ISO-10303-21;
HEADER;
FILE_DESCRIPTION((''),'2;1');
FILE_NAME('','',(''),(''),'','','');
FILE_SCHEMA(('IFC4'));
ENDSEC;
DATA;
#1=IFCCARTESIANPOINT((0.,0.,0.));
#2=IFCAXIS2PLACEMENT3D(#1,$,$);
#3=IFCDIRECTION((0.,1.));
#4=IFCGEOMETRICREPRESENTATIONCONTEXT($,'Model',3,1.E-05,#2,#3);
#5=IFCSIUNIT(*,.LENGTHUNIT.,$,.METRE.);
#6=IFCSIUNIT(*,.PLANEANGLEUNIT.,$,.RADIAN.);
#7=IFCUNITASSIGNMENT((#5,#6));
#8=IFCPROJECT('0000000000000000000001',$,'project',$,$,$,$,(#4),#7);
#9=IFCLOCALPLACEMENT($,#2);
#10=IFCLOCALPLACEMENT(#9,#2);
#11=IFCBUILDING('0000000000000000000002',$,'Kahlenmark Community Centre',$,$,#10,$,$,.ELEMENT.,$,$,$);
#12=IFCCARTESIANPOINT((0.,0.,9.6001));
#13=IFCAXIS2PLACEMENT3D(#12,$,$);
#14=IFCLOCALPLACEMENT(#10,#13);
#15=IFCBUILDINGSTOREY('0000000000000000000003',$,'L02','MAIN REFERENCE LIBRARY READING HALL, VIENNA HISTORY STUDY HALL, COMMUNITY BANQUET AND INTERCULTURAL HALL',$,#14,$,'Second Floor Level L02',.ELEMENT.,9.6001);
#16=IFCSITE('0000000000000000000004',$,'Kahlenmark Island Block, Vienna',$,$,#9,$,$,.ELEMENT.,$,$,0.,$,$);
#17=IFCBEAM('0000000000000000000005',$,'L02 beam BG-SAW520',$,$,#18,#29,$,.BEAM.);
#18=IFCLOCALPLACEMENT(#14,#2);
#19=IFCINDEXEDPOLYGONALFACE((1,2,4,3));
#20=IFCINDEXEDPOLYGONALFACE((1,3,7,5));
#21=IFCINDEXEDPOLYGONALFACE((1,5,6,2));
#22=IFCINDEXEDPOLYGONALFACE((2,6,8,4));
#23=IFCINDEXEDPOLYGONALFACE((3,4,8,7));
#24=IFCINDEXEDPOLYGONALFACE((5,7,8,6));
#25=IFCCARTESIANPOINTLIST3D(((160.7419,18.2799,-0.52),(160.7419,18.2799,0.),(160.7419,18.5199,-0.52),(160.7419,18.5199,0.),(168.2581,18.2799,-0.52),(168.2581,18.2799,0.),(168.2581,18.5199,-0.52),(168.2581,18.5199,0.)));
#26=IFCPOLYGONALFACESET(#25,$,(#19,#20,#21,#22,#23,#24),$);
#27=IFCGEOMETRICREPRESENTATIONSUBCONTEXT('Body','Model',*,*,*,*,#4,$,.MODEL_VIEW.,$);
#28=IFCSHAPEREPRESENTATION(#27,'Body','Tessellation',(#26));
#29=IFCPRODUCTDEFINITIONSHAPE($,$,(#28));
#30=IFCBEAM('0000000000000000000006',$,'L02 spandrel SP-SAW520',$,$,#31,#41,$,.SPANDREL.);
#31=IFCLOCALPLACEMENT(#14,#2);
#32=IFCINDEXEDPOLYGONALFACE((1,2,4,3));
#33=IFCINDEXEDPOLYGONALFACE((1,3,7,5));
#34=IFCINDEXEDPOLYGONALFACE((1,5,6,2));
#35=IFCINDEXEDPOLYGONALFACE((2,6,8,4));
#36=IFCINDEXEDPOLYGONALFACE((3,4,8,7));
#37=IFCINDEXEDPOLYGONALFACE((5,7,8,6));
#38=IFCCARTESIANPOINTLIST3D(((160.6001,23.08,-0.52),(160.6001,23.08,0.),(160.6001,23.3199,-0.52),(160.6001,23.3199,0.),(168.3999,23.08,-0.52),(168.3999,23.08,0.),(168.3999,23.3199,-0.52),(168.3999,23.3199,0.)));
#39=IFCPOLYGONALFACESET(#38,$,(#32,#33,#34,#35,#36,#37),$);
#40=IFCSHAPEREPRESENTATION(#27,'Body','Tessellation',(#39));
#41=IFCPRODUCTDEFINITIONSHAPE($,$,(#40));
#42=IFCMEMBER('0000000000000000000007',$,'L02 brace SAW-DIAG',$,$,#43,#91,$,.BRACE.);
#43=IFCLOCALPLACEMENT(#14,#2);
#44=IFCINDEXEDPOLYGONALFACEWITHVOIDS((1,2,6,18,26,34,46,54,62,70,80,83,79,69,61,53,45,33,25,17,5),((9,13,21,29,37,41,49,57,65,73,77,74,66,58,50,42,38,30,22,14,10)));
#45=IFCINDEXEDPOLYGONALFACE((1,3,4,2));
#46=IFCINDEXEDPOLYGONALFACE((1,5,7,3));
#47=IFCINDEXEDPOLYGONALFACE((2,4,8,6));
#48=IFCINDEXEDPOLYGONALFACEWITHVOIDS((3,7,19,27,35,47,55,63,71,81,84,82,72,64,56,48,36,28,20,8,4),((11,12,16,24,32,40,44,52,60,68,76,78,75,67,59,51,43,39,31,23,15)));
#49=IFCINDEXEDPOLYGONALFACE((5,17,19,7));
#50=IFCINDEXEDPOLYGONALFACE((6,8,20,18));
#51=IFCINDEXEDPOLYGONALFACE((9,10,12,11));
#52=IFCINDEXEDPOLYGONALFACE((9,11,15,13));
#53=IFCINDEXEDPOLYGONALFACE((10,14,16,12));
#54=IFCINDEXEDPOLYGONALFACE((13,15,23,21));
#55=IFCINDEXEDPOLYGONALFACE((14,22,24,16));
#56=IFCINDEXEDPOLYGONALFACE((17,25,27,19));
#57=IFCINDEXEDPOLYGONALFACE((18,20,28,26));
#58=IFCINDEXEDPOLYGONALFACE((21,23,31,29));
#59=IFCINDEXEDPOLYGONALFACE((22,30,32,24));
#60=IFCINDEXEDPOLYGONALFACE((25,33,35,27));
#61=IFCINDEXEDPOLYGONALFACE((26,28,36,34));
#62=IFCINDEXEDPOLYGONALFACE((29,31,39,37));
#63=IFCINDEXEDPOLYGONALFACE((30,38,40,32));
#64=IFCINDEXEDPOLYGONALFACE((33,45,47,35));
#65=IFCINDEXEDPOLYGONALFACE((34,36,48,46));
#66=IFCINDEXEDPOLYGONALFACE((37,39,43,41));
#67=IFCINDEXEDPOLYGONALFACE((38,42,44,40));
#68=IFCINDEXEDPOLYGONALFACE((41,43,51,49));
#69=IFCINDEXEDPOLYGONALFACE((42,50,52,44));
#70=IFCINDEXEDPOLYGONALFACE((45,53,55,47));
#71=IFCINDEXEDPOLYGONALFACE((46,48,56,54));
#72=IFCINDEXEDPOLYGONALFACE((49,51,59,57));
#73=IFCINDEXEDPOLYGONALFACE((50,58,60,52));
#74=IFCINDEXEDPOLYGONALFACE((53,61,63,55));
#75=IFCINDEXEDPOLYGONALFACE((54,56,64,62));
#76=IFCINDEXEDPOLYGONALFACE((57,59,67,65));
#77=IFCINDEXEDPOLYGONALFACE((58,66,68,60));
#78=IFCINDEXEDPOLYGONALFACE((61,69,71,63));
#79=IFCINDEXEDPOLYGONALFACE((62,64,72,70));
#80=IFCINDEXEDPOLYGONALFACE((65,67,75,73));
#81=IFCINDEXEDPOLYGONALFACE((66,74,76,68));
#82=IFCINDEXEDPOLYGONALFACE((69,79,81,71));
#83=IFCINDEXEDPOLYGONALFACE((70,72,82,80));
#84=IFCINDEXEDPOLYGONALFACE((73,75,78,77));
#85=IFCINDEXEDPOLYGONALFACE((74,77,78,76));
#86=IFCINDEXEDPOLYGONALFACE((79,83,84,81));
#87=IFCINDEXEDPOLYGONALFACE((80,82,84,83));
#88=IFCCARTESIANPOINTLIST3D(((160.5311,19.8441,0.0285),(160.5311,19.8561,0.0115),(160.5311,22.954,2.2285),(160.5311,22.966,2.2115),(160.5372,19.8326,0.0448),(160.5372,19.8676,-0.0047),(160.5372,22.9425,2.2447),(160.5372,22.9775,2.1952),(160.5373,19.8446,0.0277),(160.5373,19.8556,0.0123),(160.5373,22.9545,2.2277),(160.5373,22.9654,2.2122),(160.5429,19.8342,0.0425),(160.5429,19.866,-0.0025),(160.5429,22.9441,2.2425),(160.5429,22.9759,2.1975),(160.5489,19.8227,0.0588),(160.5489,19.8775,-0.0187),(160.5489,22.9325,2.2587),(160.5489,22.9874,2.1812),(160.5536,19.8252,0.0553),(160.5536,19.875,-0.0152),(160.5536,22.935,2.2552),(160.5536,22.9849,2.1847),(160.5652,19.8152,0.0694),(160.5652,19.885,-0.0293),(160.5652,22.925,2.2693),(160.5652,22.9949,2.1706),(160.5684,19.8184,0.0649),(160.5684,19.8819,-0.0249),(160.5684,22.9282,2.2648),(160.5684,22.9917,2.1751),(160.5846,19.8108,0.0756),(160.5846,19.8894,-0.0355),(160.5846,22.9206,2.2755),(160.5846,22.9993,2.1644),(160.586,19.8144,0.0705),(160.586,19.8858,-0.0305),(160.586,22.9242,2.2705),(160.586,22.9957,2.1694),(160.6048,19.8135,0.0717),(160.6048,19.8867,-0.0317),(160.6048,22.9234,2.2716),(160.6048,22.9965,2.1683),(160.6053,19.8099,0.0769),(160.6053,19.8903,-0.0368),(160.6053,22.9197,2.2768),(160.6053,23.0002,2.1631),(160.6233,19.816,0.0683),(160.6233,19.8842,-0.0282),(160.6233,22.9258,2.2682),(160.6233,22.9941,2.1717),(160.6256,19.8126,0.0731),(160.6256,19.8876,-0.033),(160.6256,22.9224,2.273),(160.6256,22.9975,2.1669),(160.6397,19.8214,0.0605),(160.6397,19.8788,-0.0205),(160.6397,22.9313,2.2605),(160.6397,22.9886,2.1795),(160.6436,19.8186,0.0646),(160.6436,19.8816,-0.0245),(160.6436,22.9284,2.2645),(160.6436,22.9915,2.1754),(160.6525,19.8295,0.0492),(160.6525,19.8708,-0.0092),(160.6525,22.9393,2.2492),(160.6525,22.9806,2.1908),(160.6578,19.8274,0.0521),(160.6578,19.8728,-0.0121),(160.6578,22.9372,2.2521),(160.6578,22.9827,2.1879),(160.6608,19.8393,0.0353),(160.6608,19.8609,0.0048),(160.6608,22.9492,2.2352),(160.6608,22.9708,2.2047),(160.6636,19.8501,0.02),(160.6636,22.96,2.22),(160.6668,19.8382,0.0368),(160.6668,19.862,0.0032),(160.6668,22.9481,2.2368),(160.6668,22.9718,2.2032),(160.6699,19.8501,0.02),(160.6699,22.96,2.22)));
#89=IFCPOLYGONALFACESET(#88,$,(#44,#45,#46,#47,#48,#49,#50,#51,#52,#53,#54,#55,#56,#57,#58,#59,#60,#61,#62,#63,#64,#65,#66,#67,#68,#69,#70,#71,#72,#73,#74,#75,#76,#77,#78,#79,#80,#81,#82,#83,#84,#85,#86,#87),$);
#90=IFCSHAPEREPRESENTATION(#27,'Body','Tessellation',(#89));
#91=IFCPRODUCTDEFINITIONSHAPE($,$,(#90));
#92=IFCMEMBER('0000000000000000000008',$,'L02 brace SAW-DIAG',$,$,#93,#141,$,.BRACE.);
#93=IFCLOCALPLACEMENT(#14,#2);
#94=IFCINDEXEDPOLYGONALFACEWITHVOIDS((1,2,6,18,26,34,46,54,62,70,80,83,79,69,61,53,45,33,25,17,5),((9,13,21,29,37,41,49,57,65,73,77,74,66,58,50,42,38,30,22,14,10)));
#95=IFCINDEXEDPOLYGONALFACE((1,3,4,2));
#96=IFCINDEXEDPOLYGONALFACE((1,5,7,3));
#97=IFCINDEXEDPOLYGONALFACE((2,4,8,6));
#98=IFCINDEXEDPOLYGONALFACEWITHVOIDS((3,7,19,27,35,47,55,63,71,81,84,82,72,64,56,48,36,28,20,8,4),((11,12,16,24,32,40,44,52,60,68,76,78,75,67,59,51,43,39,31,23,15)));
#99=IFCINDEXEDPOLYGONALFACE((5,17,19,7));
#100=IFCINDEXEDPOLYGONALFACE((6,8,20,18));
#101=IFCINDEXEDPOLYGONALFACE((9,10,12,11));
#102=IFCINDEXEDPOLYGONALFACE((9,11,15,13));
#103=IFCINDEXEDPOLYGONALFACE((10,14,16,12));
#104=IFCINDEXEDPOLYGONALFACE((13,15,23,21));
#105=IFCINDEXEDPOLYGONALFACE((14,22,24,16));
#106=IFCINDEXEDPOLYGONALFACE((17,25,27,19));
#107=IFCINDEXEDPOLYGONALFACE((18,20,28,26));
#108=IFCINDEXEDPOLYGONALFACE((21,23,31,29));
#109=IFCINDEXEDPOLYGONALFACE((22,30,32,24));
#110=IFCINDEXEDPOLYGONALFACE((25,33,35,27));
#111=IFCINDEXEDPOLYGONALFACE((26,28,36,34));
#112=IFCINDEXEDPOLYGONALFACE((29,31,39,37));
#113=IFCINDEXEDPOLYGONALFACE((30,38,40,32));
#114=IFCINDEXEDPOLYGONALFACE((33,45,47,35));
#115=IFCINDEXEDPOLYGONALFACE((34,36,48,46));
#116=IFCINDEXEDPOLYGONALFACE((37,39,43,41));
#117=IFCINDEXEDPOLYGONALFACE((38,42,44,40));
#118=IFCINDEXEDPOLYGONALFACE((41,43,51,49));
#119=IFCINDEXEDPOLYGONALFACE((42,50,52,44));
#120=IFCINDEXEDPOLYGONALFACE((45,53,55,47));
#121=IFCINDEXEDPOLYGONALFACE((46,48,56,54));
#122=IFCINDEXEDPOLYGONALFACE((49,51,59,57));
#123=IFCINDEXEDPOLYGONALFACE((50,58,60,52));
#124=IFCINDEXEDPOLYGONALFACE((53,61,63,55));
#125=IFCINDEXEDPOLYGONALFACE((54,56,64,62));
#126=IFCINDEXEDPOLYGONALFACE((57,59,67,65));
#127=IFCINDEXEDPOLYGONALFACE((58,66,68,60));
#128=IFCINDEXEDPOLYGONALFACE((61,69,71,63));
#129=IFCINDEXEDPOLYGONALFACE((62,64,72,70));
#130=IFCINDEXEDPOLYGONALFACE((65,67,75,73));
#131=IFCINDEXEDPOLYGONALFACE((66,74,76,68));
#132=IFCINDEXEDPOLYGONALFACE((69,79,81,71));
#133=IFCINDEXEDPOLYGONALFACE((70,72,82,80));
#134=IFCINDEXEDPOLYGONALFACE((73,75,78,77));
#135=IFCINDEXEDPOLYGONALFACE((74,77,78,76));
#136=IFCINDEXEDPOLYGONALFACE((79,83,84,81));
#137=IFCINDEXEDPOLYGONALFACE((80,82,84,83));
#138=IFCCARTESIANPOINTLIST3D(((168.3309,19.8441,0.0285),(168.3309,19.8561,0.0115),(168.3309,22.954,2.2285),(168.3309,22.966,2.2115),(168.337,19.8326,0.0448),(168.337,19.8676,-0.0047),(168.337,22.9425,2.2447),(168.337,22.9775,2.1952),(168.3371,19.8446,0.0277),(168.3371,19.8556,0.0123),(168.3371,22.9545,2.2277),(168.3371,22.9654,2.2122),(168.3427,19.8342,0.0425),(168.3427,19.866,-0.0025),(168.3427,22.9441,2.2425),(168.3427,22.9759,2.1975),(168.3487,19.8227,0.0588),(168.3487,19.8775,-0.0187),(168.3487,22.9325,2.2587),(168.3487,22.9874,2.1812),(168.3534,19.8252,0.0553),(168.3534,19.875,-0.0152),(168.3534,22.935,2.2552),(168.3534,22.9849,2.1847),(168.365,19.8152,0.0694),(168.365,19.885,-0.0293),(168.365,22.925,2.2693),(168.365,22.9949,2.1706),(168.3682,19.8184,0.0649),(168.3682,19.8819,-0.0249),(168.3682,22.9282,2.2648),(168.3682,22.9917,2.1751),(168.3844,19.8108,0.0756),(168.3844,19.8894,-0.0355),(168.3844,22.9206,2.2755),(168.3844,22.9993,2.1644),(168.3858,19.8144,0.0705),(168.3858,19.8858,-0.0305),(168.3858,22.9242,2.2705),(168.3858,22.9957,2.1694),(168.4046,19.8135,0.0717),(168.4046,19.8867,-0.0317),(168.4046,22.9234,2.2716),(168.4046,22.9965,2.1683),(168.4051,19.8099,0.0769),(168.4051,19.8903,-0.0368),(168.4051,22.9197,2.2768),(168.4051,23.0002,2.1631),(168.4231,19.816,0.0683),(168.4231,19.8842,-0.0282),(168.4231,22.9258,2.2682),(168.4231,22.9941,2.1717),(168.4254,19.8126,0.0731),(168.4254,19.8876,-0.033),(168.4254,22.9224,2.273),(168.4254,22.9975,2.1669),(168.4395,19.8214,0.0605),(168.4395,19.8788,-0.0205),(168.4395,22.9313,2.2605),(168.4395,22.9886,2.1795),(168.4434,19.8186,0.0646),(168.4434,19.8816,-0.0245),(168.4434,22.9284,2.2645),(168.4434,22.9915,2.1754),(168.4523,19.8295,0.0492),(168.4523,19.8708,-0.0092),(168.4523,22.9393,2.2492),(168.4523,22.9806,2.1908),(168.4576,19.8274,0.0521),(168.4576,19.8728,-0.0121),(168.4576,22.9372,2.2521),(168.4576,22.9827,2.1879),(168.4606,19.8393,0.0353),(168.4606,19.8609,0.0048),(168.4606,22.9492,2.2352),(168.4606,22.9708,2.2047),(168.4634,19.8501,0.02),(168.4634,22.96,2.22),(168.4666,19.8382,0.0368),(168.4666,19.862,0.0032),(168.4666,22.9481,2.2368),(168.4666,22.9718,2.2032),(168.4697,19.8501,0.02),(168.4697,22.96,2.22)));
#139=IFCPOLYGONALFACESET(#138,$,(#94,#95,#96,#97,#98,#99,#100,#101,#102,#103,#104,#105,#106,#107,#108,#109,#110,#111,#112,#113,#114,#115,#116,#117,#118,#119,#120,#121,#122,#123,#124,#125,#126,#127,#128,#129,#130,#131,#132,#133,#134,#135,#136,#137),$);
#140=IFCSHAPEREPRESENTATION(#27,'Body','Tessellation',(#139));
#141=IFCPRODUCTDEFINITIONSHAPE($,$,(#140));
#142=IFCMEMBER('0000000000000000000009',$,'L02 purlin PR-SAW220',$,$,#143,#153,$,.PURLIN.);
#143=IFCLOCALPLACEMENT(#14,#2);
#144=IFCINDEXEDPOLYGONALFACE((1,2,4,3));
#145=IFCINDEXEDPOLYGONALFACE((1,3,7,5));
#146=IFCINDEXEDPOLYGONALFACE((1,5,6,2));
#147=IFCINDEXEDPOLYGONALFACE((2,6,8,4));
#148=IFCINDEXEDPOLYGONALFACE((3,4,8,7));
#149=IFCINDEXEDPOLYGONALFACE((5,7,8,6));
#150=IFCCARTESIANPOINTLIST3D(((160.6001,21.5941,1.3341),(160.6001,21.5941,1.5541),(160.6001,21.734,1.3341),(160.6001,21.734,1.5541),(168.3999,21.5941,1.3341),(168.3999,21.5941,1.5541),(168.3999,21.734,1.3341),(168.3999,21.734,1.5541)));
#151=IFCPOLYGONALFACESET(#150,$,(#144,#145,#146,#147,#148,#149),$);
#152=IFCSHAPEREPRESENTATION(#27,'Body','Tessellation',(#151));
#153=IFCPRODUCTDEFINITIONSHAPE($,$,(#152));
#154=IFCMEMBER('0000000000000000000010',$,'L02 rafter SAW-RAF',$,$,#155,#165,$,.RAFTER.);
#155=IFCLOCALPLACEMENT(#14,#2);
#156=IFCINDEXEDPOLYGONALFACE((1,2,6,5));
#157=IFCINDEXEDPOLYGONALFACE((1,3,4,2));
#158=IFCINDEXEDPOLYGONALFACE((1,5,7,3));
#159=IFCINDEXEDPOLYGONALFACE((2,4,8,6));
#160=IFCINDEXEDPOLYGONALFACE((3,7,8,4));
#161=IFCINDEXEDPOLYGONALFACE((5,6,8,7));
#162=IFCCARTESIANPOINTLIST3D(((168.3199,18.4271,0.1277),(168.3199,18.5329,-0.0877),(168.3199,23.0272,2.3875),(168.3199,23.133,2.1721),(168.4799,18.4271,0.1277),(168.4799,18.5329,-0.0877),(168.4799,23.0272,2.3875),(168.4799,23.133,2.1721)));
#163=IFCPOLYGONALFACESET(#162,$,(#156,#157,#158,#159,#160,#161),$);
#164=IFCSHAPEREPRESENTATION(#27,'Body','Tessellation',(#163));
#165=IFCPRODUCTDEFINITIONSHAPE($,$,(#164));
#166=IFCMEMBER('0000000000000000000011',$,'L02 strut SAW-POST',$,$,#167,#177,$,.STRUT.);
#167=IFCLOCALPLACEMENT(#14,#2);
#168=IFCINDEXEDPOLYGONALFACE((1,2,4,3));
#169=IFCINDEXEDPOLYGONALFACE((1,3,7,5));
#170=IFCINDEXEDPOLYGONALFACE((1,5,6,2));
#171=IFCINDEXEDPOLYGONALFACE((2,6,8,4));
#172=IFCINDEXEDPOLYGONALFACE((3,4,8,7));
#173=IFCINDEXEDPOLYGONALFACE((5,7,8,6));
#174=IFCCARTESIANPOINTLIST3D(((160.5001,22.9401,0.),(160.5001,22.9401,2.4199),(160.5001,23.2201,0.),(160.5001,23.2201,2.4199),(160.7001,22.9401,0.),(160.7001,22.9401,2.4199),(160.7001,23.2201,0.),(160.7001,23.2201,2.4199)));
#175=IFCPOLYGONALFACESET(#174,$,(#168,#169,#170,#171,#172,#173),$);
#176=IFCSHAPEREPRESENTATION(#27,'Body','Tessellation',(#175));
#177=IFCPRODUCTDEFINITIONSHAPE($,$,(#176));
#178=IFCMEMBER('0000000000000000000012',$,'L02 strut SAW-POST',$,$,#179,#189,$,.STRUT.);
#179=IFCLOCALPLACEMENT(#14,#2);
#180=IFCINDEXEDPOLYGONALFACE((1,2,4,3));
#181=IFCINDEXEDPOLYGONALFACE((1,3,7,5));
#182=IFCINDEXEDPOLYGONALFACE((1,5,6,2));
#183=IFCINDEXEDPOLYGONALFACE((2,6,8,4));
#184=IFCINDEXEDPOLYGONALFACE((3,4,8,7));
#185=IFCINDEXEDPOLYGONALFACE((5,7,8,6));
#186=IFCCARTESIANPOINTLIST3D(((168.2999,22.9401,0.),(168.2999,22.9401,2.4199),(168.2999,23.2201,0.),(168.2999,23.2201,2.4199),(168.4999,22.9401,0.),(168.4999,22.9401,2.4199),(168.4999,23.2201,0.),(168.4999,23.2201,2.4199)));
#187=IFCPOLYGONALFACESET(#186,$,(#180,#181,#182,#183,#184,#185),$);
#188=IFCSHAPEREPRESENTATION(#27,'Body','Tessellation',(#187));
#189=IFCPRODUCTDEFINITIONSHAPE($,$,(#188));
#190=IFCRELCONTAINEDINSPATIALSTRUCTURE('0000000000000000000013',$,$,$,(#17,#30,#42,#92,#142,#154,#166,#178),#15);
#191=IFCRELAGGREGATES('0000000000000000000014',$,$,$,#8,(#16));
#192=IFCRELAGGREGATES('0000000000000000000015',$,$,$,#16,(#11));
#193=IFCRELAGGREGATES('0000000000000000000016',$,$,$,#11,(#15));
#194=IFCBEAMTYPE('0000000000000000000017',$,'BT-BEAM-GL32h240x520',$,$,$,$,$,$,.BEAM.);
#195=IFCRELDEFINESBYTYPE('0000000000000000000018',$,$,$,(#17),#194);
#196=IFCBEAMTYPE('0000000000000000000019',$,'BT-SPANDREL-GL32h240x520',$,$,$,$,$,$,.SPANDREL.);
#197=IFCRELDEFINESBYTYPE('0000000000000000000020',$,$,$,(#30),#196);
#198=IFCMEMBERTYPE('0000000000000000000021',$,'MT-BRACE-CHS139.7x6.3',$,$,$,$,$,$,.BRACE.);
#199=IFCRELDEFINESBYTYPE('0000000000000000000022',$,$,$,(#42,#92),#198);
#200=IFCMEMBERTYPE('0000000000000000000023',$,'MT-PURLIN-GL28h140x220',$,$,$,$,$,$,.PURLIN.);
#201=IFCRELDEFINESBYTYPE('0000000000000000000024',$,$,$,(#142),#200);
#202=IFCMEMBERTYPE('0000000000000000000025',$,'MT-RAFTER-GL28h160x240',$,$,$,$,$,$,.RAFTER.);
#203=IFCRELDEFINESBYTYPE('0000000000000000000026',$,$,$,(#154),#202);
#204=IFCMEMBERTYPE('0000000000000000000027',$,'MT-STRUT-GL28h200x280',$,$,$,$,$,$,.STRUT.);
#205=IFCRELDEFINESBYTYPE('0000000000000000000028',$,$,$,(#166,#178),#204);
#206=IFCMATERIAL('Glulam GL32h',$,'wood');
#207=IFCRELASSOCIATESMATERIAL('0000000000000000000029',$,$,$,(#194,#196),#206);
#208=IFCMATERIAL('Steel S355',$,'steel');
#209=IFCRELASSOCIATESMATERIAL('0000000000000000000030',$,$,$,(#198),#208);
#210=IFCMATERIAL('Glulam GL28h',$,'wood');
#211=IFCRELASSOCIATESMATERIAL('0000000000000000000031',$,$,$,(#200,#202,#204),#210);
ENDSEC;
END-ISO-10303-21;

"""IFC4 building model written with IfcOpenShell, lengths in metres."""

from ifc_helpers import new_model, si_unit, direction, frame, origin, origin_2d, place, context, subcontext, project, spatial, rectangle, hollow_circle, extrude, material, material_profile, profile_set, type_object, element, save


model = new_model("IFC4")

# Units and contexts
model_context = context("Model", 3, precision=1e-05, world=origin(), true_north=direction((0.0, 1.0)))
body_context = subcontext(model_context, "Body", "Model", "MODEL_VIEW")
ifc_project = project(units=[si_unit("LENGTHUNIT", "METRE"), si_unit("PLANEANGLEUNIT", "RADIAN")], contexts=[model_context])

# Site, building, storey
site_placement = place(None, origin())
site = spatial("IfcSite", under=ifc_project, at=site_placement, Name="Kahlenmark Island Block, Vienna", CompositionType="ELEMENT", RefElevation=0.0)
building_placement = place(site_placement, origin())
building = spatial("IfcBuilding", under=site, at=building_placement, Name="Kahlenmark Community Centre", CompositionType="ELEMENT")
storey_placement = place(building_placement, frame((0.0, 0.0, 9.6001)))
storey = spatial("IfcBuildingStorey", under=building, at=storey_placement, Name="L02", Description="MAIN REFERENCE LIBRARY READING HALL, VIENNA HISTORY STUDY HALL, COMMUNITY BANQUET AND INTERCULTURAL HALL", LongName="Second Floor Level L02", CompositionType="ELEMENT", Elevation=9.6001)

# Beams
ifc_material_1 = material(Name="Glulam GL32h", Category="wood")
ifc_material_profile_1 = material_profile(ifc_material_1, rectangle(XDim=0.24, YDim=0.52, at=origin_2d()), Name="GL32h 240x520")
ifc_profile_set_1 = profile_set([ifc_material_profile_1], Name="Glulam GL32h")
beam_type_1 = type_object("IfcBeamType", Name="BT-BEAM-GL32h240x520", PredefinedType="BEAM", material=ifc_profile_set_1)
beam_1_placement = place(storey_placement, frame((160.7419, 18.3999, -0.26), z_axis=(1.0, 0.0, 0.0), x_axis=(0.0, 1.0, 0.0)))
element("IfcBeam", 1, at=beam_1_placement, inside=storey, type_object=beam_type_1, Name="L02 beam BG-SAW520", PredefinedType="BEAM", context=body_context, shape_type="SweptSolid", body=[
    extrude(rectangle(XDim=0.24, YDim=0.52, at=origin_2d()), origin(), (0.0, 0.0, 1.0), 7.5161),
])
ifc_material_profile_2 = material_profile(ifc_material_1, rectangle(XDim=0.24, YDim=0.52, at=origin_2d()), Name="GL32h 240x520")
ifc_profile_set_2 = profile_set([ifc_material_profile_2], Name="Glulam GL32h")
beam_type_2 = type_object("IfcBeamType", Name="BT-SPANDREL-GL32h240x520", PredefinedType="SPANDREL", material=ifc_profile_set_2)
beam_2_placement = place(storey_placement, frame((160.6001, 23.2, -0.26), z_axis=(1.0, 0.0, 0.0), x_axis=(0.0, 1.0, 0.0)))
element("IfcBeam", 2, at=beam_2_placement, inside=storey, type_object=beam_type_2, Name="L02 spandrel SP-SAW520", PredefinedType="SPANDREL", context=body_context, shape_type="SweptSolid", body=[
    extrude(rectangle(XDim=0.24, YDim=0.52, at=origin_2d()), origin(), (0.0, 0.0, 1.0), 7.7998),
])

# Members
ifc_material_2 = material(Name="Steel S355", Category="steel")
ifc_material_profile_3 = material_profile(ifc_material_2, hollow_circle(Radius=0.0698, WallThickness=0.0063, at=origin_2d()), Name="CHS 139.7x6.3")
ifc_profile_set_3 = profile_set([ifc_material_profile_3], Name="Steel S355")
member_type_1 = type_object("IfcMemberType", Name="MT-BRACE-CHS139.7x6.3", PredefinedType="BRACE", material=ifc_profile_set_3)
for number, where, z_axis, x_axis, name in (
    (3, (160.6001, 22.96, 2.22), (0.0, -0.81638, -0.577516), (1.0, 0.0, 0.0), "L02 brace SAW-DIAG"),
    (4, (168.3999, 22.96, 2.22), (0.0, -0.81638, -0.577516), (1.0, 0.0, 0.0), "L02 brace SAW-DIAG"),
):
    element("IfcMember", number, at=place(storey_placement, frame(where, z_axis=z_axis, x_axis=x_axis)), inside=storey, type_object=member_type_1, Name=name, PredefinedType="BRACE", context=body_context, shape_type="SweptSolid", body=[
        extrude(hollow_circle(Radius=0.0698, WallThickness=0.0063, at=origin_2d()), origin(), (0.0, 0.0, 1.0), 3.8093),
    ])
ifc_material_3 = material(Name="Glulam GL28h", Category="wood")
ifc_material_profile_4 = material_profile(ifc_material_3, rectangle(XDim=0.1399, YDim=0.22, at=origin_2d()), Name="GL28h 140x220")
ifc_profile_set_4 = profile_set([ifc_material_profile_4], Name="Glulam GL28h")
member_type_2 = type_object("IfcMemberType", Name="MT-PURLIN-GL28h140x220", PredefinedType="PURLIN", material=ifc_profile_set_4)
member_1_placement = place(storey_placement, frame((160.6001, 21.6641, 1.4441), z_axis=(1.0, 0.0, 0.0), x_axis=(0.0, 1.0, 0.0)))
element("IfcMember", 5, at=member_1_placement, inside=storey, type_object=member_type_2, Name="L02 purlin PR-SAW220", PredefinedType="PURLIN", context=body_context, shape_type="SweptSolid", body=[
    extrude(rectangle(XDim=0.1399, YDim=0.22, at=origin_2d()), origin(), (0.0, 0.0, 1.0), 7.7998),
])
ifc_material_profile_5 = material_profile(ifc_material_3, rectangle(XDim=0.1599, YDim=0.24, at=origin_2d()), Name="GL28h 160x240")
ifc_profile_set_5 = profile_set([ifc_material_profile_5], Name="Glulam GL28h")
member_type_3 = type_object("IfcMemberType", Name="MT-RAFTER-GL28h160x240", PredefinedType="RAFTER", material=ifc_profile_set_5)
member_2_placement = place(storey_placement, frame((168.3999, 18.48, 0.02), z_axis=(0.0, 0.897549, 0.440915), x_axis=(-1.0, 0.0, 0.0)))
element("IfcMember", 6, at=member_2_placement, inside=storey, type_object=member_type_3, Name="L02 rafter SAW-RAF", PredefinedType="RAFTER", context=body_context, shape_type="SweptSolid", body=[
    extrude(rectangle(XDim=0.1599, YDim=0.24, at=origin_2d()), origin(), (0.0, 0.0, 1.0), 5.1252),
])
ifc_material_profile_6 = material_profile(ifc_material_3, rectangle(XDim=0.2, YDim=0.28, at=origin_2d()), Name="GL28h 200x280")
ifc_profile_set_6 = profile_set([ifc_material_profile_6], Name="Glulam GL28h")
member_type_4 = type_object("IfcMemberType", Name="MT-STRUT-GL28h200x280", PredefinedType="STRUT", material=ifc_profile_set_6)
for number, where, z_axis, x_axis, name in (
    (7, (160.6001, 23.0801, 0.0), (0.0, 0.0, 1.0), (1.0, 0.0, 0.0), "L02 strut SAW-POST"),
    (8, (168.3999, 23.0801, 0.0), (0.0, 0.0, 1.0), (1.0, 0.0, 0.0), "L02 strut SAW-POST"),
):
    element("IfcMember", number, at=place(storey_placement, frame(where, z_axis=z_axis, x_axis=x_axis)), inside=storey, type_object=member_type_4, Name=name, PredefinedType="STRUT", context=body_context, shape_type="SweptSolid", body=[
        extrude(rectangle(XDim=0.2, YDim=0.28, at=origin_2d()), origin(), (0.0, 0.0, 1.0), 2.4199),
    ])

save(model, "model.ifc")
